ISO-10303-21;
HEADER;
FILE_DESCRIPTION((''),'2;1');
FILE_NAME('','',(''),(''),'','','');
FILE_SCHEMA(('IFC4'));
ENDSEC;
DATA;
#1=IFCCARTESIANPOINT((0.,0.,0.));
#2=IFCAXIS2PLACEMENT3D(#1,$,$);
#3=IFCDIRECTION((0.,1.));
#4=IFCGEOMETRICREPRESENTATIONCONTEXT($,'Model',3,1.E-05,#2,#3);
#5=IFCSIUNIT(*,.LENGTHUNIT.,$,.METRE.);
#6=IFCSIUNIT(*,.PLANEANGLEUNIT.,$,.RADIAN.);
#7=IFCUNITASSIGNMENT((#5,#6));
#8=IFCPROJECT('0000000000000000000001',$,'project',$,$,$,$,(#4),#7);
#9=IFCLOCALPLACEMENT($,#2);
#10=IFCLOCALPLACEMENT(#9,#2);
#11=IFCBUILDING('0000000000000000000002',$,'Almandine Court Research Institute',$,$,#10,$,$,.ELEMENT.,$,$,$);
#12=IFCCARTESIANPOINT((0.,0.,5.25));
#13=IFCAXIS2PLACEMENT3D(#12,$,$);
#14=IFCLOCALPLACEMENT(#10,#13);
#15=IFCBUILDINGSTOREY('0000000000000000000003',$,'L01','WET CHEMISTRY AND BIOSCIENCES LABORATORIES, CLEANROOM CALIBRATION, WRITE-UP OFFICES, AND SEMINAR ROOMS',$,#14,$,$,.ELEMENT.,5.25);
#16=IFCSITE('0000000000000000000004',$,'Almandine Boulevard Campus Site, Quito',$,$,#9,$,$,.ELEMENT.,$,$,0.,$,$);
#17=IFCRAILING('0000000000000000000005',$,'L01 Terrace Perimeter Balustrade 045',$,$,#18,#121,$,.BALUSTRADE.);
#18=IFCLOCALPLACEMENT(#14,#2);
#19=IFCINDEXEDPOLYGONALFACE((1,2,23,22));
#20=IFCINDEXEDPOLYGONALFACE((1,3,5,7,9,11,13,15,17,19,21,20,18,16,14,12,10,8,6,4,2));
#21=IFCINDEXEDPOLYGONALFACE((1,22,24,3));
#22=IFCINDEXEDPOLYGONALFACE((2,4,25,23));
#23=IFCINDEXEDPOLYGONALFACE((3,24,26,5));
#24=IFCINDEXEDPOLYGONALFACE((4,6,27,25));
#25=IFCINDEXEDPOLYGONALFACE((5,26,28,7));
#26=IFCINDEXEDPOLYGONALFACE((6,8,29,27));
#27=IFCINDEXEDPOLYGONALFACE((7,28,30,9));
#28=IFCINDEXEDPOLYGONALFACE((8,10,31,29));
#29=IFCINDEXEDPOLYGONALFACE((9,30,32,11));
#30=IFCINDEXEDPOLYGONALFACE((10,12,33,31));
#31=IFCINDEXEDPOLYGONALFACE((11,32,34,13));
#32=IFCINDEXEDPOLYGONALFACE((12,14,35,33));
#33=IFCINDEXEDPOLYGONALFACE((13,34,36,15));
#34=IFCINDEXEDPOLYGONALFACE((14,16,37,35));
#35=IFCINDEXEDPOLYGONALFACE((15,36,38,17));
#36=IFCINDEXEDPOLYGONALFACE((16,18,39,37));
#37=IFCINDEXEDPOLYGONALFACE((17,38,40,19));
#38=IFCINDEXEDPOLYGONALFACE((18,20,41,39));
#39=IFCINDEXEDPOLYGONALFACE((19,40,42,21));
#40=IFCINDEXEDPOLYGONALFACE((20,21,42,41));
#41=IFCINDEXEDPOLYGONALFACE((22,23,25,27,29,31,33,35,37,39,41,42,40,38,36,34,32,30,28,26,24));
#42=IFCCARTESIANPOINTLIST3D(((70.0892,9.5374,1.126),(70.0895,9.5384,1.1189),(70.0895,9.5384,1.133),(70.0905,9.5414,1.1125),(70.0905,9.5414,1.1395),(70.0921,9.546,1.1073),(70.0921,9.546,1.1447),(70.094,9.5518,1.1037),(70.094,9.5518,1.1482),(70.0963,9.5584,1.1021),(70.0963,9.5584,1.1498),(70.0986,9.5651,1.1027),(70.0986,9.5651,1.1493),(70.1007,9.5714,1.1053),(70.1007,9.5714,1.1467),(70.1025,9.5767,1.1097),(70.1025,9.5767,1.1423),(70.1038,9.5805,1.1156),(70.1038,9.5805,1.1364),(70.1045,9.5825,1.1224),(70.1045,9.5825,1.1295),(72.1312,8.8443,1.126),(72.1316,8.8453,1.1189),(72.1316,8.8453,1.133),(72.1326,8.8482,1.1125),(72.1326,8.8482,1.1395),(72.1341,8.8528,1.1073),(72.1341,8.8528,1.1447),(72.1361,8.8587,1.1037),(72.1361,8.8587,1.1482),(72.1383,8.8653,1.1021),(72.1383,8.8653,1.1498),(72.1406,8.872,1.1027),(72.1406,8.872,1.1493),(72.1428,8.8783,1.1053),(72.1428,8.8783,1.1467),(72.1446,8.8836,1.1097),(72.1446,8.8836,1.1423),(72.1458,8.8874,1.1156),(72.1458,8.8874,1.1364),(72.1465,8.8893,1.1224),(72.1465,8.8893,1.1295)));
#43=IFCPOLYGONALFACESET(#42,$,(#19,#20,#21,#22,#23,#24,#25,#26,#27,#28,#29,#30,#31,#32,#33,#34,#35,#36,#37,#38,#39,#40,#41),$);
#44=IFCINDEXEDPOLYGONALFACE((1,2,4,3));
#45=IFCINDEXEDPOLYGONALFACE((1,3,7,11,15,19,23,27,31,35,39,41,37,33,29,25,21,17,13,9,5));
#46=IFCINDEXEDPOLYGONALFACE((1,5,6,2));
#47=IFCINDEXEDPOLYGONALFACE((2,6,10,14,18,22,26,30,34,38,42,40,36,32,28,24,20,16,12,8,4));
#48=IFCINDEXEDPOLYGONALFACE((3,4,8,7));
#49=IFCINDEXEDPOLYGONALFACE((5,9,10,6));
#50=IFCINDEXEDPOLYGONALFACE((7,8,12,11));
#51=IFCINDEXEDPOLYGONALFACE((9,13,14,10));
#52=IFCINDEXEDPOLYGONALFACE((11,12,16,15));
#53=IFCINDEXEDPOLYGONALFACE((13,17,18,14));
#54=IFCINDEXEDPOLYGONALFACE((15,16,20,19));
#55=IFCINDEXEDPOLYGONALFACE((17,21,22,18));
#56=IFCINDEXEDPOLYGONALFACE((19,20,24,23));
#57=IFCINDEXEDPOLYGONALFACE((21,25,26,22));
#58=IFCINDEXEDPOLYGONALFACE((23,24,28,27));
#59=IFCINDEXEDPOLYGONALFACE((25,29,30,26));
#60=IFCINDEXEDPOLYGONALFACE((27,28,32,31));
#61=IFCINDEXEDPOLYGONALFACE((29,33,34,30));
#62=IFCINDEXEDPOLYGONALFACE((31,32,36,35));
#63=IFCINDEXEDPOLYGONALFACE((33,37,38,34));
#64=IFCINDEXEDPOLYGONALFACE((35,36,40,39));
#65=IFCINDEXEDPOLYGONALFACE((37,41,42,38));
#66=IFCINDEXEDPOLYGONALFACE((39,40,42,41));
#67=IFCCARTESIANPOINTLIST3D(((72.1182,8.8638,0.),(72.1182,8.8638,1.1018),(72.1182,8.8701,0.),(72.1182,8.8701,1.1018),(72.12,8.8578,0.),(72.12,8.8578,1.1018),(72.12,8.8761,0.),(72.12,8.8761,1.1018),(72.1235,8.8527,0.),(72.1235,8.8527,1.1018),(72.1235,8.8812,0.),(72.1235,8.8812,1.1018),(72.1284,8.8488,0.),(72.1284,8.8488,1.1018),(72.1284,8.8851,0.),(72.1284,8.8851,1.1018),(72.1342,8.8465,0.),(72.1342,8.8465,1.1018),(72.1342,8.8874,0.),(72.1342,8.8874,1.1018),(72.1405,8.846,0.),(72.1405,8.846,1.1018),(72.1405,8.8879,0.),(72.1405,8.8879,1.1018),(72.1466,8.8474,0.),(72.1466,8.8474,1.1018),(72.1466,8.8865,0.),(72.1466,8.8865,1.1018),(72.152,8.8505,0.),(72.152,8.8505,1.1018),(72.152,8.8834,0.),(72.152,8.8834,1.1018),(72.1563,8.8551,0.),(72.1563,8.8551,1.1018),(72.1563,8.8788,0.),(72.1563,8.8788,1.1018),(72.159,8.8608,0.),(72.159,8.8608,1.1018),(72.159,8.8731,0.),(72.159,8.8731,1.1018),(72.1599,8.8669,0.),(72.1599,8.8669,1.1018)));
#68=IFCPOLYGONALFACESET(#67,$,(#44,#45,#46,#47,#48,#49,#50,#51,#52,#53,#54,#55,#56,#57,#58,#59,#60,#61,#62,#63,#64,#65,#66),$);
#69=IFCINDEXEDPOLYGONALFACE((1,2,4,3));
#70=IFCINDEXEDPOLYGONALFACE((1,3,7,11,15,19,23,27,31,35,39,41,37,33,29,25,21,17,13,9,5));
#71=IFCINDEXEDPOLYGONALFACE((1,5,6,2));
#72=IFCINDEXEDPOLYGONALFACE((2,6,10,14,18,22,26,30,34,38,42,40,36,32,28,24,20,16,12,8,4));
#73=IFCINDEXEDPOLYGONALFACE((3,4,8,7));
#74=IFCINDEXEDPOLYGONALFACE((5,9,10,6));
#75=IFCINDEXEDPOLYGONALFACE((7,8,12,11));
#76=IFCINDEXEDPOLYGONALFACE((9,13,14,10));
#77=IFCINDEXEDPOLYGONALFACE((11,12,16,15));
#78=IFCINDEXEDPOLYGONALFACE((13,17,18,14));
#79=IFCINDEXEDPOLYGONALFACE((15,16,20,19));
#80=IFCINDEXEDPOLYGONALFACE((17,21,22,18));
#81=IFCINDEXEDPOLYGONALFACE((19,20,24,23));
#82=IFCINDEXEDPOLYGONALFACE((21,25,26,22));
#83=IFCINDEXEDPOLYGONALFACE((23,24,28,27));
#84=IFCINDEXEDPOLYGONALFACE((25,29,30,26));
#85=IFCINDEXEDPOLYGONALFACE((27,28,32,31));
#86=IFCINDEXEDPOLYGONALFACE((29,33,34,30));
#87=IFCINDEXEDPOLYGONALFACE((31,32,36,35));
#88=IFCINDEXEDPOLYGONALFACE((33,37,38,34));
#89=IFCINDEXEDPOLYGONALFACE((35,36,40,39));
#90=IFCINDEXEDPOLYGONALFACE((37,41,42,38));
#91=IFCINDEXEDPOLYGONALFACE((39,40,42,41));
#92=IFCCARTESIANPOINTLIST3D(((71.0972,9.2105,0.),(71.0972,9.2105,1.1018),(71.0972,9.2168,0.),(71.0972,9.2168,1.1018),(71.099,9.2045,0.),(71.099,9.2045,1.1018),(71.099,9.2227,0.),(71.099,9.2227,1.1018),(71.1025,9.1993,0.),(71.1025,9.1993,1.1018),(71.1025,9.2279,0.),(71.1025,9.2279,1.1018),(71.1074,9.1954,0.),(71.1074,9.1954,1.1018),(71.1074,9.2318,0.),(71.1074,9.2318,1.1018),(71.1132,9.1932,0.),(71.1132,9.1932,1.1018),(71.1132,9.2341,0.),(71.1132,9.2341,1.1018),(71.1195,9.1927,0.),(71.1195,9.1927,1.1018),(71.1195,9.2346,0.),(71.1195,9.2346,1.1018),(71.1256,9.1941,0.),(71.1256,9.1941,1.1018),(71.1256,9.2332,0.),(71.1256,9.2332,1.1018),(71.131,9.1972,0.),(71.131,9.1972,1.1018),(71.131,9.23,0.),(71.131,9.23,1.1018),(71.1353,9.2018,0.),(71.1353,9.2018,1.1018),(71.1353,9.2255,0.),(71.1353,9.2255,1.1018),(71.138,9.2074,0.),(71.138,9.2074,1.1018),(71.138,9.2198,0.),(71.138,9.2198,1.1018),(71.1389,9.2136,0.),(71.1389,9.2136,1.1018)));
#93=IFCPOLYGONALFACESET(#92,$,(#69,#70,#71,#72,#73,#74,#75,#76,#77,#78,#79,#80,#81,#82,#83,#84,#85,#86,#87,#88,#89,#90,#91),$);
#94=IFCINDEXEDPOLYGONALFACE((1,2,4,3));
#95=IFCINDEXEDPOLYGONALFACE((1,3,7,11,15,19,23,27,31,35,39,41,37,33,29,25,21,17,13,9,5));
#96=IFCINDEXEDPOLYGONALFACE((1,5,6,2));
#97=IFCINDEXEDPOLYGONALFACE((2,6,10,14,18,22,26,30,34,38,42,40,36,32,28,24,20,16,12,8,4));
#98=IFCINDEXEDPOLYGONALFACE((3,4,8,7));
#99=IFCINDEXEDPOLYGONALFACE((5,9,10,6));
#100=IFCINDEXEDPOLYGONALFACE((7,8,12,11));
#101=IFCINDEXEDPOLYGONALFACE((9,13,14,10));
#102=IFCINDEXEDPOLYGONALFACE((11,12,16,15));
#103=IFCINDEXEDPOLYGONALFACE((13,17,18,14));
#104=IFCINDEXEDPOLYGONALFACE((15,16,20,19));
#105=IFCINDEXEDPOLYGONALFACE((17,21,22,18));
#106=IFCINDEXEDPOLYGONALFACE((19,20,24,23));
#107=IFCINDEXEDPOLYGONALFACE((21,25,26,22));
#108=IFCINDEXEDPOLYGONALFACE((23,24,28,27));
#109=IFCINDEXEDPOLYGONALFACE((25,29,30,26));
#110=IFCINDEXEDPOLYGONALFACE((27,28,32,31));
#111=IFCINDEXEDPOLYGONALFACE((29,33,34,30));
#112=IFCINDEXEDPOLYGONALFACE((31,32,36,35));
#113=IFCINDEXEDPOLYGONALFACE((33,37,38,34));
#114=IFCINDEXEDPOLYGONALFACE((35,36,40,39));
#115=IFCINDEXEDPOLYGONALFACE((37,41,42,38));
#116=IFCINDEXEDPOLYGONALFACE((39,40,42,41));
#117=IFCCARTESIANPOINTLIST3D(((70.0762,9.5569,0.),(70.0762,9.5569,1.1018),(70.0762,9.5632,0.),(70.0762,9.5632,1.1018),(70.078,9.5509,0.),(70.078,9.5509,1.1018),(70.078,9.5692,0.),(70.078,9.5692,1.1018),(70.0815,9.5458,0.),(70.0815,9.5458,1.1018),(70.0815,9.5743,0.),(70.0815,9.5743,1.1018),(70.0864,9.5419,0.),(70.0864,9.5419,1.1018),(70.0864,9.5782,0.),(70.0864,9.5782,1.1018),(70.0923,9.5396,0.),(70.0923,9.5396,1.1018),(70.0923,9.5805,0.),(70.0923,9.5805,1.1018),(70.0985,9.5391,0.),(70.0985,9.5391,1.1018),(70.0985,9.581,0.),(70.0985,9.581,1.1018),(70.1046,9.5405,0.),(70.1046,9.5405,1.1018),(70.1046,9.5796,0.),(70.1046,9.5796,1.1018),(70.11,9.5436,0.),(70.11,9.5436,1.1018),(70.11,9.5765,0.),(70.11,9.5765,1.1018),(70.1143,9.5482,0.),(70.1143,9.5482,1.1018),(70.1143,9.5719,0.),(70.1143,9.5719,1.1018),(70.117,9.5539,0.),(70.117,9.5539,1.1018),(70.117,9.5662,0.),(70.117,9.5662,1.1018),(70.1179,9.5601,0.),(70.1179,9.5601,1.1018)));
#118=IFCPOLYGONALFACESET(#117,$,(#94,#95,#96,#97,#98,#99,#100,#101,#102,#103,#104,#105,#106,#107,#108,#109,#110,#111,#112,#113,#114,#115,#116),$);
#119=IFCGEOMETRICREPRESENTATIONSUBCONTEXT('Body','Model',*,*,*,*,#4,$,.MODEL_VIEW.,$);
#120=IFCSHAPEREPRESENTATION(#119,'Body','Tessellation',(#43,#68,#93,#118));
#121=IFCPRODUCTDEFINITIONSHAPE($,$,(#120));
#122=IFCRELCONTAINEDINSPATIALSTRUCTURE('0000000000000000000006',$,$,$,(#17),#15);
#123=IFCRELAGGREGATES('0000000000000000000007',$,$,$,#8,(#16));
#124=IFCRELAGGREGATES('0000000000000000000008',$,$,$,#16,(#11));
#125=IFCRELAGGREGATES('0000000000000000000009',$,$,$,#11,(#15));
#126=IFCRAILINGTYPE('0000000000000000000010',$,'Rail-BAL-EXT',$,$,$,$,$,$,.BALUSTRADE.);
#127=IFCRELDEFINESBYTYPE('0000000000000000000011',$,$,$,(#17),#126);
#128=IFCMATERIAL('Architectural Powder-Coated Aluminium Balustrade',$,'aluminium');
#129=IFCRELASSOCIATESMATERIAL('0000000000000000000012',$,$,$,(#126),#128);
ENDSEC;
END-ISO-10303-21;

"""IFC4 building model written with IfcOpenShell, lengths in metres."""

from ifc_helpers import new_model, si_unit, direction, frame, origin, origin_2d, place, context, subcontext, project, spatial, circle, extrude, material, type_object, element, save


model = new_model("IFC4")

# Units and contexts
model_context = context("Model", 3, precision=1e-05, world=origin(), true_north=direction((0.0, 1.0)))
body_context = subcontext(model_context, "Body", "Model", "MODEL_VIEW")
ifc_project = project(units=[si_unit("LENGTHUNIT", "METRE"), si_unit("PLANEANGLEUNIT", "RADIAN")], contexts=[model_context])

# Site, building, storey
site_placement = place(None, origin())
site = spatial("IfcSite", under=ifc_project, at=site_placement, Name="Almandine Boulevard Campus Site, Quito", CompositionType="ELEMENT", RefElevation=0.0)
building_placement = place(site_placement, origin())
building = spatial("IfcBuilding", under=site, at=building_placement, Name="Almandine Court Research Institute", CompositionType="ELEMENT")
storey_placement = place(building_placement, frame((0.0, 0.0, 5.25)))
storey = spatial("IfcBuildingStorey", under=building, at=storey_placement, Name="L01", Description="WET CHEMISTRY AND BIOSCIENCES LABORATORIES, CLEANROOM CALIBRATION, WRITE-UP OFFICES, AND SEMINAR ROOMS", CompositionType="ELEMENT", Elevation=5.25)

# Railing
ifc_material_1 = material(Name="Architectural Powder-Coated Aluminium Balustrade", Category="aluminium")
railing_type = type_object("IfcRailingType", Name="Rail-BAL-EXT", PredefinedType="BALUSTRADE", material=ifc_material_1)
railing_1_placement = place(storey_placement, frame((72.1389, 8.8669, 0.0)))
element("IfcRailing", 1, at=railing_1_placement, inside=storey, type_object=railing_type, Name="L01 Terrace Perimeter Balustrade 045", PredefinedType="BALUSTRADE", context=body_context, shape_type="SweptSolid", body=[
    extrude(circle(Radius=0.0239, at=origin_2d()), frame((0.0, 0.0, 1.126), z_axis=(-0.946937, 0.32142, 0.0), x_axis=(-0.32142, -0.946937, 0.0)), (0.0, 0.0, 1.0), 2.1565),
    extrude(circle(Radius=0.021, at=origin_2d()), origin(), (0.0, 0.0, 1.0), 1.1018),
    extrude(circle(Radius=0.021, at=origin_2d()), frame((-1.021, 0.3467, 0.0)), (0.0, 0.0, 1.0), 1.1018),
    extrude(circle(Radius=0.021, at=origin_2d()), frame((-2.042, 0.6931, 0.0)), (0.0, 0.0, 1.0), 1.1018),
])

save(model, "model.ifc")
